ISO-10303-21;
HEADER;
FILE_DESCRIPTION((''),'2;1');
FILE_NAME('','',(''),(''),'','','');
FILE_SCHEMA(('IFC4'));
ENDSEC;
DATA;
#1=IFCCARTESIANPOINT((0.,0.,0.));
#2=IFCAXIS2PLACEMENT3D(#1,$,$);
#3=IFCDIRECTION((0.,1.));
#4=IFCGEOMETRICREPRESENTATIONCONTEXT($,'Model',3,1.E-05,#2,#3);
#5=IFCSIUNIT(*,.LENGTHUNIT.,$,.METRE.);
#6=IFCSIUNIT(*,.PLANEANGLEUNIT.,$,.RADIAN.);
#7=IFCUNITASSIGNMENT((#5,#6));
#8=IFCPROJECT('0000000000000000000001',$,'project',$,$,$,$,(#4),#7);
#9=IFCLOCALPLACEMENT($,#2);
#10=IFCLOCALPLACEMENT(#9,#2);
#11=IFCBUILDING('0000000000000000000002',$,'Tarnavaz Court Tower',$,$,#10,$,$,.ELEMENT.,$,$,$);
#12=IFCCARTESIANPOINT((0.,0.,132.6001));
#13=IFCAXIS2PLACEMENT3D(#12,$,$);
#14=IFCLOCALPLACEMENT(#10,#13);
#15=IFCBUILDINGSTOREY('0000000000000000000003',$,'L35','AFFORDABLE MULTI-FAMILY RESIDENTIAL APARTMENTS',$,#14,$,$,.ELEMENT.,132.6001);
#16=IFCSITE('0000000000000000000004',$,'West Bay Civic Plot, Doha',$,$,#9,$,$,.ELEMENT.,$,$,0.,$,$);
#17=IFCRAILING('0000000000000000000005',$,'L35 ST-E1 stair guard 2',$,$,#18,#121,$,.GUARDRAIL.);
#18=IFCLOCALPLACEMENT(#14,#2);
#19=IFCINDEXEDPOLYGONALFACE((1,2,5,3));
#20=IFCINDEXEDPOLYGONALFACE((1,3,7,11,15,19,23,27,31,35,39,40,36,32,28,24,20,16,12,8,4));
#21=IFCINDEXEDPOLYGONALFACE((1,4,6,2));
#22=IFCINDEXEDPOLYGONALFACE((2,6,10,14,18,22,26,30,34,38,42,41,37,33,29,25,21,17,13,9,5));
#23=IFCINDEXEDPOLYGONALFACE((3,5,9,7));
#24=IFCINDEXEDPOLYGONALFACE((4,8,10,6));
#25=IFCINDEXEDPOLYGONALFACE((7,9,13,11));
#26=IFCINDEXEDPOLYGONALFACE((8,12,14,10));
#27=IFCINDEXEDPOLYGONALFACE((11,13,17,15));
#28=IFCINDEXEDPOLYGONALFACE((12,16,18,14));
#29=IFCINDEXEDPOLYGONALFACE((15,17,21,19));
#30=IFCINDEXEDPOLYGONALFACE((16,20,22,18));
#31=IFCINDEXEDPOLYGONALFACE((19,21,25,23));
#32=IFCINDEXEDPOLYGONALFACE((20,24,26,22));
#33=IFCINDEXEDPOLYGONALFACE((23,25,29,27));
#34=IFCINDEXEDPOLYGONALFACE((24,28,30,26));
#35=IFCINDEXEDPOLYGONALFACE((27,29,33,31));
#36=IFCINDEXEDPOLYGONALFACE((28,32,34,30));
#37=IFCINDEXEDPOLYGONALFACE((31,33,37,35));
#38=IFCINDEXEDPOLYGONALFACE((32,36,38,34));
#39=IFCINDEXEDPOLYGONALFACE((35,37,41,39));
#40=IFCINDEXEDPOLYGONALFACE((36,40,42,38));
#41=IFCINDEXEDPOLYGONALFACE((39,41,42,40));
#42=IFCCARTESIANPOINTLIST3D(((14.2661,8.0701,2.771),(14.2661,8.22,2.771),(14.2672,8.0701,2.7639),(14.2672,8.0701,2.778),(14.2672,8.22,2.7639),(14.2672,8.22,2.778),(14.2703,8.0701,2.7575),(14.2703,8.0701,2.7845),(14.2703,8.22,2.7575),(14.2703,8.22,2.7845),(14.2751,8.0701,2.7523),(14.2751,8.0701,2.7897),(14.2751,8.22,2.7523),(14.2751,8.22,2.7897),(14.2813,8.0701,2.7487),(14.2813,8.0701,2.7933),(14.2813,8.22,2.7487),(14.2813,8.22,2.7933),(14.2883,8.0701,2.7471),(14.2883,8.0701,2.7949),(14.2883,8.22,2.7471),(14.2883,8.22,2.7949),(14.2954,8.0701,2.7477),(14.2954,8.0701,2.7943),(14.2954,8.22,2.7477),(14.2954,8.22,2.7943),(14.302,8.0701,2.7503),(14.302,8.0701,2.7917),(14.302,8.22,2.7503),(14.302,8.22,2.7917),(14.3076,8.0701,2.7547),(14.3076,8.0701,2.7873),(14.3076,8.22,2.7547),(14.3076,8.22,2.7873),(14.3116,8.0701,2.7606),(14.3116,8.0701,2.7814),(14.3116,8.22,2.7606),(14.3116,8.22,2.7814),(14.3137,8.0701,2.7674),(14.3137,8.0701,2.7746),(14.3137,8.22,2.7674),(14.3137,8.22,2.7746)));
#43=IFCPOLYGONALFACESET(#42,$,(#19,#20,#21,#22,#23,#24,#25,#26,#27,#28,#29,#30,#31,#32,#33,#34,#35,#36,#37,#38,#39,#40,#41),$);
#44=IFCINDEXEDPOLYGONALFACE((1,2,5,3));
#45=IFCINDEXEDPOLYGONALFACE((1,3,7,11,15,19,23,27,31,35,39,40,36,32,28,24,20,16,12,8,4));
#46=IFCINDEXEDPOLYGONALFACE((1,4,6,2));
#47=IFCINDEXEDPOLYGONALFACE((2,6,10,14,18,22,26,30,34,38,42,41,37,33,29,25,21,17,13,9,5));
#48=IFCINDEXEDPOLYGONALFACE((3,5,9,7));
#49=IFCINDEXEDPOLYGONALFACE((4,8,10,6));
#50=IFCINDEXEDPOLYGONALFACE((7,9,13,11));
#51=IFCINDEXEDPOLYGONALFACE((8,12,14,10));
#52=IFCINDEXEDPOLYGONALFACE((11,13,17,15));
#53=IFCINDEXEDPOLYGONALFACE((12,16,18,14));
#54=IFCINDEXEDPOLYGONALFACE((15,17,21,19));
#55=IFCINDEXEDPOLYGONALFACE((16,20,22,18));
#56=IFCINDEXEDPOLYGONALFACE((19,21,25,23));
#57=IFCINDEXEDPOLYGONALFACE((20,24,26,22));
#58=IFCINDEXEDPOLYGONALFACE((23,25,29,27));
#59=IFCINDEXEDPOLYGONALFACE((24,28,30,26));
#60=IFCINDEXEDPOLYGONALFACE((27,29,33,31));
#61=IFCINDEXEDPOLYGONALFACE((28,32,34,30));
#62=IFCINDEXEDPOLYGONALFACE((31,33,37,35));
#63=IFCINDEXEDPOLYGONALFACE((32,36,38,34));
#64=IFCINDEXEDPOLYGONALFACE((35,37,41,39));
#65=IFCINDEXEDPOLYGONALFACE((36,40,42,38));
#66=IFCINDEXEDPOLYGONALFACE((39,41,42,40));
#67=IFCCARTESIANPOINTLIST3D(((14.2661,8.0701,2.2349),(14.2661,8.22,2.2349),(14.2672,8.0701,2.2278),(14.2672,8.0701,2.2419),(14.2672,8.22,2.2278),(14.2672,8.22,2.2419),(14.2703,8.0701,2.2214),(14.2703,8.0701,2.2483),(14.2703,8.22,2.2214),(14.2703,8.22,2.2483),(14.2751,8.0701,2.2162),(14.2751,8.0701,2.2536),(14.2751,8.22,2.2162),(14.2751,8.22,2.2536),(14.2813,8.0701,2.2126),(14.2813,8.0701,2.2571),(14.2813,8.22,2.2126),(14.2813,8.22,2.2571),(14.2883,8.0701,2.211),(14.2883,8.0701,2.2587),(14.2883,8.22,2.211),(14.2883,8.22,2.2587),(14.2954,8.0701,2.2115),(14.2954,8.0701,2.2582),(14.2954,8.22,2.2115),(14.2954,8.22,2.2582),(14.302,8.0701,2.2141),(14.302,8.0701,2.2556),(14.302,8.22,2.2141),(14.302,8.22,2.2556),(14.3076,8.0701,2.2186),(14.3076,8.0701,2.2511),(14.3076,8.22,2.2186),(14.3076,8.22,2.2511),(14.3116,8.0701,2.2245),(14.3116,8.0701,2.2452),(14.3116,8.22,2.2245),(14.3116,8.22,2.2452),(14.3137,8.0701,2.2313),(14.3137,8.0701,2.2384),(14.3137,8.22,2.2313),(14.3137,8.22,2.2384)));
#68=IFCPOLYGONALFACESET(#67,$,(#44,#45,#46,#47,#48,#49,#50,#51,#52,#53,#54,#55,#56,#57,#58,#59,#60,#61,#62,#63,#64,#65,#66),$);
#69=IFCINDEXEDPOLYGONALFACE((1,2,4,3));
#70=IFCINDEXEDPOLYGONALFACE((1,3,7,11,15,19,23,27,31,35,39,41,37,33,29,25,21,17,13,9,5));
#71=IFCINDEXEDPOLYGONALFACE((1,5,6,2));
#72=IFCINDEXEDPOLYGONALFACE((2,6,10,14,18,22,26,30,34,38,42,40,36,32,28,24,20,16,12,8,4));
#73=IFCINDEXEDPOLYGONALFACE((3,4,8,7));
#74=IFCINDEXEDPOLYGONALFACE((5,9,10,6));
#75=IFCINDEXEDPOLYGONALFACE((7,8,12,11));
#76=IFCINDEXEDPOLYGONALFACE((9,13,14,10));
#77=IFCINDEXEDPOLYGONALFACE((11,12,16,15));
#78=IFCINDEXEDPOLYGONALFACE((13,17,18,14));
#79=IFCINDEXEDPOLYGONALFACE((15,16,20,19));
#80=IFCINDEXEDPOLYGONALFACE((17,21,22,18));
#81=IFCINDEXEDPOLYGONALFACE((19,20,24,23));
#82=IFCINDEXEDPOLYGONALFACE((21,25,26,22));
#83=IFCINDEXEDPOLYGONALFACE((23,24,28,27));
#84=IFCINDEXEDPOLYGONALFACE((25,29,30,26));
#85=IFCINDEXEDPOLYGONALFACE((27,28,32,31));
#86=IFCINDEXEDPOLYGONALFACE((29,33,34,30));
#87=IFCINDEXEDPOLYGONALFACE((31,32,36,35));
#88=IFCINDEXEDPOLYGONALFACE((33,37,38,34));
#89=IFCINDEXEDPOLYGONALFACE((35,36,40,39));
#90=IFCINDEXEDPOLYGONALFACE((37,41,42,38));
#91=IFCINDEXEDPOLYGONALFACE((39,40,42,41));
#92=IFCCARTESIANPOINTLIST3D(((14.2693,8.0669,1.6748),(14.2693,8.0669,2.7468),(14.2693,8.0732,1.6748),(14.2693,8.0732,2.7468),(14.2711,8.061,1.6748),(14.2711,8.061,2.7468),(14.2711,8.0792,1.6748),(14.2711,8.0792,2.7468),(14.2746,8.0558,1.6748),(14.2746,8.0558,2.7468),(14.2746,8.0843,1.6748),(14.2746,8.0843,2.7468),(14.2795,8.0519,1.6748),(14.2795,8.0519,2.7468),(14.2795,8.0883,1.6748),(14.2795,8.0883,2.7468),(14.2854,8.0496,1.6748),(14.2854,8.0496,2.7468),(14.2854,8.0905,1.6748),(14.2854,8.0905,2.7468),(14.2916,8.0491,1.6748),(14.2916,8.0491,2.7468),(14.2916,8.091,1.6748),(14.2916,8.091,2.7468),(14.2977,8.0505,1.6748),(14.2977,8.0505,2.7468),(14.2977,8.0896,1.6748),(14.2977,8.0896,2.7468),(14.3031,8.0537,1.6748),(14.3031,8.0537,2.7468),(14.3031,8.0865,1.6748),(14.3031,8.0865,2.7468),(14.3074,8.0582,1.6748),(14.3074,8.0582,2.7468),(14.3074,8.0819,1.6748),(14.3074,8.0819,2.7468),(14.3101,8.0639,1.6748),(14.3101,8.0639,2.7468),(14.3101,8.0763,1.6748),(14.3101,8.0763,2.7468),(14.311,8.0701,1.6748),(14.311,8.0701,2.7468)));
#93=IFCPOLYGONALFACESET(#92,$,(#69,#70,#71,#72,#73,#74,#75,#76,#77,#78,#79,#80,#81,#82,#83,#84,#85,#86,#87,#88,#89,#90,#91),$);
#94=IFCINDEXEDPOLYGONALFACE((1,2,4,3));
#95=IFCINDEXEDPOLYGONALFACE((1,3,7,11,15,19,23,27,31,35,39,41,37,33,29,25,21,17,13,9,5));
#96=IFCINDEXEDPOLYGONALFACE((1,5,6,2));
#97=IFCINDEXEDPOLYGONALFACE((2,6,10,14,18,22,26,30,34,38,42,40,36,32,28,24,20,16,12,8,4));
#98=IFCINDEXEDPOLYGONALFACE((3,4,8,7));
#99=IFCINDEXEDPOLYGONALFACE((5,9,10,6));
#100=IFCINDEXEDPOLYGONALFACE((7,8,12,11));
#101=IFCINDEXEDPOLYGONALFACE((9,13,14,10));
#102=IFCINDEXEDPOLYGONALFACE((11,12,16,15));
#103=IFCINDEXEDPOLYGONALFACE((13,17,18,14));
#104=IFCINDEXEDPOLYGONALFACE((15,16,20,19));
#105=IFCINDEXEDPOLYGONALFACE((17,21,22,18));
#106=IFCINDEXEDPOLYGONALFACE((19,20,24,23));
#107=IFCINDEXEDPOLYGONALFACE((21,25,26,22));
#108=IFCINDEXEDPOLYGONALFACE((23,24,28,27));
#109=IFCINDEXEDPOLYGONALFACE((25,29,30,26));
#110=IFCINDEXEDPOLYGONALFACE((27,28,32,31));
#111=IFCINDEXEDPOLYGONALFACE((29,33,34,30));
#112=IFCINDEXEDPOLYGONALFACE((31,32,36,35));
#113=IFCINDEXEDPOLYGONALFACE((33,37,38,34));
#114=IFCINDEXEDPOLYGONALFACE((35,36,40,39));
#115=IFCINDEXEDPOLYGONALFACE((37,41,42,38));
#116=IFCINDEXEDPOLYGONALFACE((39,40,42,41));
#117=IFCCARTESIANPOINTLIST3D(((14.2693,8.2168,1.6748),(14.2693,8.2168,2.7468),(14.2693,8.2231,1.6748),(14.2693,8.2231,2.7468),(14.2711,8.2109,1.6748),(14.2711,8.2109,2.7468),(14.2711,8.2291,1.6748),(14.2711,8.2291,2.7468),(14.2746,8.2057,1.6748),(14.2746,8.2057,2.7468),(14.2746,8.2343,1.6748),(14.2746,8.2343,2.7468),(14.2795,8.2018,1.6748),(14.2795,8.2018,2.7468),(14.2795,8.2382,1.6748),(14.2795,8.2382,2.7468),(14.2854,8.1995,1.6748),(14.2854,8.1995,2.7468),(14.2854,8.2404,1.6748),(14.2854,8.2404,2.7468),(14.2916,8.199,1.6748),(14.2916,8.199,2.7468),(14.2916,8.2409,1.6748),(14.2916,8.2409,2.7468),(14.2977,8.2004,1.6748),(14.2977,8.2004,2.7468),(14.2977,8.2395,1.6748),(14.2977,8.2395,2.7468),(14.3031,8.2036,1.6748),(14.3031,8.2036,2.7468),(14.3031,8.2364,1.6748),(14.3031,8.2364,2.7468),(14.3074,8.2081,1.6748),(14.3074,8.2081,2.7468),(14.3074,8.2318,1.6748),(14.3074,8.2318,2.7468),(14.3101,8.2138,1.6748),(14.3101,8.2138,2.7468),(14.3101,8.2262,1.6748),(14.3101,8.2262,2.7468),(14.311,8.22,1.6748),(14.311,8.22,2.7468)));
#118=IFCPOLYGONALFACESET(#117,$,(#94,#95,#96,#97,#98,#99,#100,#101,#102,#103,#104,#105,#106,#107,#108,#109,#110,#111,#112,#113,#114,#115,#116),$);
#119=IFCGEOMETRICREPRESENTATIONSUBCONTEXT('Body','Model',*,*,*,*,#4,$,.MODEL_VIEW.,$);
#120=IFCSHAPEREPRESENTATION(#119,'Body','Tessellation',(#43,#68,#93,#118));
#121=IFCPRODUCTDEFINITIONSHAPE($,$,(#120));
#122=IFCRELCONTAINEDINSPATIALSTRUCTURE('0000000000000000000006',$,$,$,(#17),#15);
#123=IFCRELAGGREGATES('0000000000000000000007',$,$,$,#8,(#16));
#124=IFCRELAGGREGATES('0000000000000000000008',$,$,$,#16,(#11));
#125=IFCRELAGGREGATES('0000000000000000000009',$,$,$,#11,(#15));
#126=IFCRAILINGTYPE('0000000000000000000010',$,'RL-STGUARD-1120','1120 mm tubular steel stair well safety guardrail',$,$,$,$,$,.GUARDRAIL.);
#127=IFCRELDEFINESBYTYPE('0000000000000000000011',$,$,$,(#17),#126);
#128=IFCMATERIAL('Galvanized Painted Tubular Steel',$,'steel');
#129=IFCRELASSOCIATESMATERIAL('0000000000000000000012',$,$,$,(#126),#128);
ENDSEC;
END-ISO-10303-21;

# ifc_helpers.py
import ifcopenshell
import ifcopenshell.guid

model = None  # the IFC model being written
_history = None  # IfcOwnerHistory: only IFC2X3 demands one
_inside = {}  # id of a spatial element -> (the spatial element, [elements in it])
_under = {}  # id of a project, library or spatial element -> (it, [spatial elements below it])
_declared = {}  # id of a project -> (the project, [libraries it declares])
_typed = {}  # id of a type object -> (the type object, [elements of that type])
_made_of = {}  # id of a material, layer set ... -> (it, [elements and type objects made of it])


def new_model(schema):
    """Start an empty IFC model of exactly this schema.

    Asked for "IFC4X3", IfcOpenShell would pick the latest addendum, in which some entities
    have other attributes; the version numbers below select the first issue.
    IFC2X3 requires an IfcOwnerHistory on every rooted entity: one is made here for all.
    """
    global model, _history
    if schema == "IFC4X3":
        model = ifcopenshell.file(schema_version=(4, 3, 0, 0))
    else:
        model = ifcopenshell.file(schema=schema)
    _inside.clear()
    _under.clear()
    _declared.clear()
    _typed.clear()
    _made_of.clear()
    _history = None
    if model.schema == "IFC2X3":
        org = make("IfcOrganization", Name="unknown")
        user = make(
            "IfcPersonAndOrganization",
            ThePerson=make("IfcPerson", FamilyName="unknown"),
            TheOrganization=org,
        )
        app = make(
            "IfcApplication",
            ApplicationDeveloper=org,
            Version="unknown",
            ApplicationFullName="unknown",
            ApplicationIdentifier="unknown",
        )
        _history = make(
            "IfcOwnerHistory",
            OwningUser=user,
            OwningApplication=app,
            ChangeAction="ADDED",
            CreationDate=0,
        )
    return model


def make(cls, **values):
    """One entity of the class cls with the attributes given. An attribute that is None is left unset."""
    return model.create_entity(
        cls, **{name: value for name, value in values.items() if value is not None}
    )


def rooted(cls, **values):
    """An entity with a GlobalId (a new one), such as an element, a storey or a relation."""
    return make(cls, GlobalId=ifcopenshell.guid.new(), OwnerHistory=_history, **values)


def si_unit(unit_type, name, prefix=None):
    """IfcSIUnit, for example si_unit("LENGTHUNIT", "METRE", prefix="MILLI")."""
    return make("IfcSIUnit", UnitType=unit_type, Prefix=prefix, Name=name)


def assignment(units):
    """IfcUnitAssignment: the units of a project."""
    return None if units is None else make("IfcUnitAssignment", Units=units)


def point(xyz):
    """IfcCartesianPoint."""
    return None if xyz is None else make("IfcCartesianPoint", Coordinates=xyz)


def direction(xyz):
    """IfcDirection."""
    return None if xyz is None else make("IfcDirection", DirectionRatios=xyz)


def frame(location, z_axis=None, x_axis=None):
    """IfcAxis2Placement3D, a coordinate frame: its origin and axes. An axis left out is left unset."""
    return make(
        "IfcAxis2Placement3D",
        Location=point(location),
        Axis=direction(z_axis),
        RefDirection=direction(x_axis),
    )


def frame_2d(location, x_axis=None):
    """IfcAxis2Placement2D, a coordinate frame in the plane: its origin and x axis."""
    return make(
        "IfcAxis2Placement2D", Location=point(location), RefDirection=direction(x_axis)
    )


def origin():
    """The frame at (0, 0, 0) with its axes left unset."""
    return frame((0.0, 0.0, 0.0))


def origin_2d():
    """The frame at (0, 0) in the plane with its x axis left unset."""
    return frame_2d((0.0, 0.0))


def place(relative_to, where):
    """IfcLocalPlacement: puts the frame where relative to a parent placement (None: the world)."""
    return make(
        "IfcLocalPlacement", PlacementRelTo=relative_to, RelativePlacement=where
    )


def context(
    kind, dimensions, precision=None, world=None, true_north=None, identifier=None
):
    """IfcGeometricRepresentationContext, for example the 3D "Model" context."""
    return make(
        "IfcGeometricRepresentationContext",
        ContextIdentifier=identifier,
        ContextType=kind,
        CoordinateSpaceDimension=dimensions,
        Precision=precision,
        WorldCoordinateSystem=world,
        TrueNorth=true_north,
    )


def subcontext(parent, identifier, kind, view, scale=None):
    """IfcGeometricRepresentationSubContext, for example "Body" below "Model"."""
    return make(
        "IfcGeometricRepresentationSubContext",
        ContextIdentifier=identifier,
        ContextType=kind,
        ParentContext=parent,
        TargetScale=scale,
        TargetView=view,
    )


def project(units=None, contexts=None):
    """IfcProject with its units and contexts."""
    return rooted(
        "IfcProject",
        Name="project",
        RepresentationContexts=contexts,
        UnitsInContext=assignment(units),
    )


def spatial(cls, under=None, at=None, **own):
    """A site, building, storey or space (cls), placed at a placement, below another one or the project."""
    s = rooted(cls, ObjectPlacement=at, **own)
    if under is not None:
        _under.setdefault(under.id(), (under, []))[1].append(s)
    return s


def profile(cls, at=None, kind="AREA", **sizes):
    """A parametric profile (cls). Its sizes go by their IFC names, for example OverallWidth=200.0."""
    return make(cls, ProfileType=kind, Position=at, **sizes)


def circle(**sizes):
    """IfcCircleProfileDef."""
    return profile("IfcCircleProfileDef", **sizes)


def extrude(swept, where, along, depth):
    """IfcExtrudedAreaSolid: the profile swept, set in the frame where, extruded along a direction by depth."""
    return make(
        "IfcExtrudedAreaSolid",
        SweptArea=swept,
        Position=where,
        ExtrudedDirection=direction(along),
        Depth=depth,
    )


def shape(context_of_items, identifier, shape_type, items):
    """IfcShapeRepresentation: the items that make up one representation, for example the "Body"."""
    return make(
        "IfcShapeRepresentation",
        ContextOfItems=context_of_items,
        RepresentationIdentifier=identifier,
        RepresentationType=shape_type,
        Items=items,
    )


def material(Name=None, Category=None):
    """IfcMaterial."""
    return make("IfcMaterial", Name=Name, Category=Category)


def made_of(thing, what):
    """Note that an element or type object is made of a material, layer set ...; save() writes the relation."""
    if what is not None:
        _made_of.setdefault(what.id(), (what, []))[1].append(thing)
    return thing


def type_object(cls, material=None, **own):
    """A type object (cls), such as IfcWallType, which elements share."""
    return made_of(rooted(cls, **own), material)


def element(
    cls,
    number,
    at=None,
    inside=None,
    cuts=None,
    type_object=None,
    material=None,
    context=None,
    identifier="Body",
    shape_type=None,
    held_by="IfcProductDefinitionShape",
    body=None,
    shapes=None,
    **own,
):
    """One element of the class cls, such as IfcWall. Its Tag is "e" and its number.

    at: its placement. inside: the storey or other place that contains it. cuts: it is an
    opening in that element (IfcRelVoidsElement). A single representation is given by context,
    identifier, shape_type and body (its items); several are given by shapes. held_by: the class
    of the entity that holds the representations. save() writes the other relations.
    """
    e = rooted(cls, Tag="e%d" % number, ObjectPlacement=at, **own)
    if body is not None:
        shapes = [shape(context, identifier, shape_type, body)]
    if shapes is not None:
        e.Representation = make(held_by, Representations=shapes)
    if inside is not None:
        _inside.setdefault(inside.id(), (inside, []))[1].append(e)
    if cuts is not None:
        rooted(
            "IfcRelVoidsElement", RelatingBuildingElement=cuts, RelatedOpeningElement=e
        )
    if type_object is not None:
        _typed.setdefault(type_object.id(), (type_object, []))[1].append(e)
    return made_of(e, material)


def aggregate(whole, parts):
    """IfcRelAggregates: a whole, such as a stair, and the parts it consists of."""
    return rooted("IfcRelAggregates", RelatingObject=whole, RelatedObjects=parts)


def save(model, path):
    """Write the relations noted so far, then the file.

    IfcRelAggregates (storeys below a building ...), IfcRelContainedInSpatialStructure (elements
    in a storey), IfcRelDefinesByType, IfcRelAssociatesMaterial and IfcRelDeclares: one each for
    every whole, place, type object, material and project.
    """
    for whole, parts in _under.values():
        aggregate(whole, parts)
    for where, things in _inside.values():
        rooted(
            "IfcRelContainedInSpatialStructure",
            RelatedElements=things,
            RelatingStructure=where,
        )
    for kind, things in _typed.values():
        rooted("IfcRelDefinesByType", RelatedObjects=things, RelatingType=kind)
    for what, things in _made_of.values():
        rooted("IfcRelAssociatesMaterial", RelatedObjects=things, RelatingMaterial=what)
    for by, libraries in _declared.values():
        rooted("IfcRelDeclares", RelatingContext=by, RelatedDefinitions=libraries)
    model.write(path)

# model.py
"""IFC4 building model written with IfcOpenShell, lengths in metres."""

from ifc_helpers import new_model, si_unit, direction, frame, origin, origin_2d, place, context, subcontext, project, spatial, circle, extrude, material, type_object, element, save


model = new_model("IFC4")

# Units and contexts
model_context = context("Model", 3, precision=1e-05, world=origin(), true_north=direction((0.0, 1.0)))
body_context = subcontext(model_context, "Body", "Model", "MODEL_VIEW")
ifc_project = project(units=[si_unit("LENGTHUNIT", "METRE"), si_unit("PLANEANGLEUNIT", "RADIAN")], contexts=[model_context])

# Site, building, storey
site_placement = place(None, origin())
site = spatial("IfcSite", under=ifc_project, at=site_placement, Name="West Bay Civic Plot, Doha", CompositionType="ELEMENT", RefElevation=0.0)
building_placement = place(site_placement, origin())
building = spatial("IfcBuilding", under=site, at=building_placement, Name="Tarnavaz Court Tower", CompositionType="ELEMENT")
storey_placement = place(building_placement, frame((0.0, 0.0, 132.6001)))
storey = spatial("IfcBuildingStorey", under=building, at=storey_placement, Name="L35", Description="AFFORDABLE MULTI-FAMILY RESIDENTIAL APARTMENTS", CompositionType="ELEMENT", Elevation=132.6001)

# Railing
ifc_material_1 = material(Name="Galvanized Painted Tubular Steel", Category="steel")
railing_type_1 = type_object("IfcRailingType", Name="RL-STGUARD-1120", Description="1120 mm tubular steel stair well safety guardrail", PredefinedType="GUARDRAIL", material=ifc_material_1)
railing_1_placement = place(storey_placement, frame((14.29, 8.0701, 1.6748)))
element("IfcRailing", 1, at=railing_1_placement, inside=storey, type_object=railing_type_1, Name="L35 ST-E1 stair guard 2", PredefinedType="GUARDRAIL", context=body_context, shape_type="SweptSolid", body=[
    extrude(circle(Radius=0.0239, at=origin_2d()), frame((0.0, 0.0, 1.0962), z_axis=(0.0, 1.0, 0.0), x_axis=(-1.0, 0.0, 0.0)), (0.0, 0.0, 1.0), 0.1499),
    extrude(circle(Radius=0.0239, at=origin_2d()), frame((0.0, 0.0, 0.5601), z_axis=(0.0, 1.0, 0.0), x_axis=(-1.0, 0.0, 0.0)), (0.0, 0.0, 1.0), 0.1499),
    extrude(circle(Radius=0.021, at=origin_2d()), origin(), (0.0, 0.0, 1.0), 1.072),
    extrude(circle(Radius=0.021, at=origin_2d()), frame((0.0, 0.1499, 0.0)), (0.0, 0.0, 1.0), 1.072),
])

save(model, "model.ifc")
